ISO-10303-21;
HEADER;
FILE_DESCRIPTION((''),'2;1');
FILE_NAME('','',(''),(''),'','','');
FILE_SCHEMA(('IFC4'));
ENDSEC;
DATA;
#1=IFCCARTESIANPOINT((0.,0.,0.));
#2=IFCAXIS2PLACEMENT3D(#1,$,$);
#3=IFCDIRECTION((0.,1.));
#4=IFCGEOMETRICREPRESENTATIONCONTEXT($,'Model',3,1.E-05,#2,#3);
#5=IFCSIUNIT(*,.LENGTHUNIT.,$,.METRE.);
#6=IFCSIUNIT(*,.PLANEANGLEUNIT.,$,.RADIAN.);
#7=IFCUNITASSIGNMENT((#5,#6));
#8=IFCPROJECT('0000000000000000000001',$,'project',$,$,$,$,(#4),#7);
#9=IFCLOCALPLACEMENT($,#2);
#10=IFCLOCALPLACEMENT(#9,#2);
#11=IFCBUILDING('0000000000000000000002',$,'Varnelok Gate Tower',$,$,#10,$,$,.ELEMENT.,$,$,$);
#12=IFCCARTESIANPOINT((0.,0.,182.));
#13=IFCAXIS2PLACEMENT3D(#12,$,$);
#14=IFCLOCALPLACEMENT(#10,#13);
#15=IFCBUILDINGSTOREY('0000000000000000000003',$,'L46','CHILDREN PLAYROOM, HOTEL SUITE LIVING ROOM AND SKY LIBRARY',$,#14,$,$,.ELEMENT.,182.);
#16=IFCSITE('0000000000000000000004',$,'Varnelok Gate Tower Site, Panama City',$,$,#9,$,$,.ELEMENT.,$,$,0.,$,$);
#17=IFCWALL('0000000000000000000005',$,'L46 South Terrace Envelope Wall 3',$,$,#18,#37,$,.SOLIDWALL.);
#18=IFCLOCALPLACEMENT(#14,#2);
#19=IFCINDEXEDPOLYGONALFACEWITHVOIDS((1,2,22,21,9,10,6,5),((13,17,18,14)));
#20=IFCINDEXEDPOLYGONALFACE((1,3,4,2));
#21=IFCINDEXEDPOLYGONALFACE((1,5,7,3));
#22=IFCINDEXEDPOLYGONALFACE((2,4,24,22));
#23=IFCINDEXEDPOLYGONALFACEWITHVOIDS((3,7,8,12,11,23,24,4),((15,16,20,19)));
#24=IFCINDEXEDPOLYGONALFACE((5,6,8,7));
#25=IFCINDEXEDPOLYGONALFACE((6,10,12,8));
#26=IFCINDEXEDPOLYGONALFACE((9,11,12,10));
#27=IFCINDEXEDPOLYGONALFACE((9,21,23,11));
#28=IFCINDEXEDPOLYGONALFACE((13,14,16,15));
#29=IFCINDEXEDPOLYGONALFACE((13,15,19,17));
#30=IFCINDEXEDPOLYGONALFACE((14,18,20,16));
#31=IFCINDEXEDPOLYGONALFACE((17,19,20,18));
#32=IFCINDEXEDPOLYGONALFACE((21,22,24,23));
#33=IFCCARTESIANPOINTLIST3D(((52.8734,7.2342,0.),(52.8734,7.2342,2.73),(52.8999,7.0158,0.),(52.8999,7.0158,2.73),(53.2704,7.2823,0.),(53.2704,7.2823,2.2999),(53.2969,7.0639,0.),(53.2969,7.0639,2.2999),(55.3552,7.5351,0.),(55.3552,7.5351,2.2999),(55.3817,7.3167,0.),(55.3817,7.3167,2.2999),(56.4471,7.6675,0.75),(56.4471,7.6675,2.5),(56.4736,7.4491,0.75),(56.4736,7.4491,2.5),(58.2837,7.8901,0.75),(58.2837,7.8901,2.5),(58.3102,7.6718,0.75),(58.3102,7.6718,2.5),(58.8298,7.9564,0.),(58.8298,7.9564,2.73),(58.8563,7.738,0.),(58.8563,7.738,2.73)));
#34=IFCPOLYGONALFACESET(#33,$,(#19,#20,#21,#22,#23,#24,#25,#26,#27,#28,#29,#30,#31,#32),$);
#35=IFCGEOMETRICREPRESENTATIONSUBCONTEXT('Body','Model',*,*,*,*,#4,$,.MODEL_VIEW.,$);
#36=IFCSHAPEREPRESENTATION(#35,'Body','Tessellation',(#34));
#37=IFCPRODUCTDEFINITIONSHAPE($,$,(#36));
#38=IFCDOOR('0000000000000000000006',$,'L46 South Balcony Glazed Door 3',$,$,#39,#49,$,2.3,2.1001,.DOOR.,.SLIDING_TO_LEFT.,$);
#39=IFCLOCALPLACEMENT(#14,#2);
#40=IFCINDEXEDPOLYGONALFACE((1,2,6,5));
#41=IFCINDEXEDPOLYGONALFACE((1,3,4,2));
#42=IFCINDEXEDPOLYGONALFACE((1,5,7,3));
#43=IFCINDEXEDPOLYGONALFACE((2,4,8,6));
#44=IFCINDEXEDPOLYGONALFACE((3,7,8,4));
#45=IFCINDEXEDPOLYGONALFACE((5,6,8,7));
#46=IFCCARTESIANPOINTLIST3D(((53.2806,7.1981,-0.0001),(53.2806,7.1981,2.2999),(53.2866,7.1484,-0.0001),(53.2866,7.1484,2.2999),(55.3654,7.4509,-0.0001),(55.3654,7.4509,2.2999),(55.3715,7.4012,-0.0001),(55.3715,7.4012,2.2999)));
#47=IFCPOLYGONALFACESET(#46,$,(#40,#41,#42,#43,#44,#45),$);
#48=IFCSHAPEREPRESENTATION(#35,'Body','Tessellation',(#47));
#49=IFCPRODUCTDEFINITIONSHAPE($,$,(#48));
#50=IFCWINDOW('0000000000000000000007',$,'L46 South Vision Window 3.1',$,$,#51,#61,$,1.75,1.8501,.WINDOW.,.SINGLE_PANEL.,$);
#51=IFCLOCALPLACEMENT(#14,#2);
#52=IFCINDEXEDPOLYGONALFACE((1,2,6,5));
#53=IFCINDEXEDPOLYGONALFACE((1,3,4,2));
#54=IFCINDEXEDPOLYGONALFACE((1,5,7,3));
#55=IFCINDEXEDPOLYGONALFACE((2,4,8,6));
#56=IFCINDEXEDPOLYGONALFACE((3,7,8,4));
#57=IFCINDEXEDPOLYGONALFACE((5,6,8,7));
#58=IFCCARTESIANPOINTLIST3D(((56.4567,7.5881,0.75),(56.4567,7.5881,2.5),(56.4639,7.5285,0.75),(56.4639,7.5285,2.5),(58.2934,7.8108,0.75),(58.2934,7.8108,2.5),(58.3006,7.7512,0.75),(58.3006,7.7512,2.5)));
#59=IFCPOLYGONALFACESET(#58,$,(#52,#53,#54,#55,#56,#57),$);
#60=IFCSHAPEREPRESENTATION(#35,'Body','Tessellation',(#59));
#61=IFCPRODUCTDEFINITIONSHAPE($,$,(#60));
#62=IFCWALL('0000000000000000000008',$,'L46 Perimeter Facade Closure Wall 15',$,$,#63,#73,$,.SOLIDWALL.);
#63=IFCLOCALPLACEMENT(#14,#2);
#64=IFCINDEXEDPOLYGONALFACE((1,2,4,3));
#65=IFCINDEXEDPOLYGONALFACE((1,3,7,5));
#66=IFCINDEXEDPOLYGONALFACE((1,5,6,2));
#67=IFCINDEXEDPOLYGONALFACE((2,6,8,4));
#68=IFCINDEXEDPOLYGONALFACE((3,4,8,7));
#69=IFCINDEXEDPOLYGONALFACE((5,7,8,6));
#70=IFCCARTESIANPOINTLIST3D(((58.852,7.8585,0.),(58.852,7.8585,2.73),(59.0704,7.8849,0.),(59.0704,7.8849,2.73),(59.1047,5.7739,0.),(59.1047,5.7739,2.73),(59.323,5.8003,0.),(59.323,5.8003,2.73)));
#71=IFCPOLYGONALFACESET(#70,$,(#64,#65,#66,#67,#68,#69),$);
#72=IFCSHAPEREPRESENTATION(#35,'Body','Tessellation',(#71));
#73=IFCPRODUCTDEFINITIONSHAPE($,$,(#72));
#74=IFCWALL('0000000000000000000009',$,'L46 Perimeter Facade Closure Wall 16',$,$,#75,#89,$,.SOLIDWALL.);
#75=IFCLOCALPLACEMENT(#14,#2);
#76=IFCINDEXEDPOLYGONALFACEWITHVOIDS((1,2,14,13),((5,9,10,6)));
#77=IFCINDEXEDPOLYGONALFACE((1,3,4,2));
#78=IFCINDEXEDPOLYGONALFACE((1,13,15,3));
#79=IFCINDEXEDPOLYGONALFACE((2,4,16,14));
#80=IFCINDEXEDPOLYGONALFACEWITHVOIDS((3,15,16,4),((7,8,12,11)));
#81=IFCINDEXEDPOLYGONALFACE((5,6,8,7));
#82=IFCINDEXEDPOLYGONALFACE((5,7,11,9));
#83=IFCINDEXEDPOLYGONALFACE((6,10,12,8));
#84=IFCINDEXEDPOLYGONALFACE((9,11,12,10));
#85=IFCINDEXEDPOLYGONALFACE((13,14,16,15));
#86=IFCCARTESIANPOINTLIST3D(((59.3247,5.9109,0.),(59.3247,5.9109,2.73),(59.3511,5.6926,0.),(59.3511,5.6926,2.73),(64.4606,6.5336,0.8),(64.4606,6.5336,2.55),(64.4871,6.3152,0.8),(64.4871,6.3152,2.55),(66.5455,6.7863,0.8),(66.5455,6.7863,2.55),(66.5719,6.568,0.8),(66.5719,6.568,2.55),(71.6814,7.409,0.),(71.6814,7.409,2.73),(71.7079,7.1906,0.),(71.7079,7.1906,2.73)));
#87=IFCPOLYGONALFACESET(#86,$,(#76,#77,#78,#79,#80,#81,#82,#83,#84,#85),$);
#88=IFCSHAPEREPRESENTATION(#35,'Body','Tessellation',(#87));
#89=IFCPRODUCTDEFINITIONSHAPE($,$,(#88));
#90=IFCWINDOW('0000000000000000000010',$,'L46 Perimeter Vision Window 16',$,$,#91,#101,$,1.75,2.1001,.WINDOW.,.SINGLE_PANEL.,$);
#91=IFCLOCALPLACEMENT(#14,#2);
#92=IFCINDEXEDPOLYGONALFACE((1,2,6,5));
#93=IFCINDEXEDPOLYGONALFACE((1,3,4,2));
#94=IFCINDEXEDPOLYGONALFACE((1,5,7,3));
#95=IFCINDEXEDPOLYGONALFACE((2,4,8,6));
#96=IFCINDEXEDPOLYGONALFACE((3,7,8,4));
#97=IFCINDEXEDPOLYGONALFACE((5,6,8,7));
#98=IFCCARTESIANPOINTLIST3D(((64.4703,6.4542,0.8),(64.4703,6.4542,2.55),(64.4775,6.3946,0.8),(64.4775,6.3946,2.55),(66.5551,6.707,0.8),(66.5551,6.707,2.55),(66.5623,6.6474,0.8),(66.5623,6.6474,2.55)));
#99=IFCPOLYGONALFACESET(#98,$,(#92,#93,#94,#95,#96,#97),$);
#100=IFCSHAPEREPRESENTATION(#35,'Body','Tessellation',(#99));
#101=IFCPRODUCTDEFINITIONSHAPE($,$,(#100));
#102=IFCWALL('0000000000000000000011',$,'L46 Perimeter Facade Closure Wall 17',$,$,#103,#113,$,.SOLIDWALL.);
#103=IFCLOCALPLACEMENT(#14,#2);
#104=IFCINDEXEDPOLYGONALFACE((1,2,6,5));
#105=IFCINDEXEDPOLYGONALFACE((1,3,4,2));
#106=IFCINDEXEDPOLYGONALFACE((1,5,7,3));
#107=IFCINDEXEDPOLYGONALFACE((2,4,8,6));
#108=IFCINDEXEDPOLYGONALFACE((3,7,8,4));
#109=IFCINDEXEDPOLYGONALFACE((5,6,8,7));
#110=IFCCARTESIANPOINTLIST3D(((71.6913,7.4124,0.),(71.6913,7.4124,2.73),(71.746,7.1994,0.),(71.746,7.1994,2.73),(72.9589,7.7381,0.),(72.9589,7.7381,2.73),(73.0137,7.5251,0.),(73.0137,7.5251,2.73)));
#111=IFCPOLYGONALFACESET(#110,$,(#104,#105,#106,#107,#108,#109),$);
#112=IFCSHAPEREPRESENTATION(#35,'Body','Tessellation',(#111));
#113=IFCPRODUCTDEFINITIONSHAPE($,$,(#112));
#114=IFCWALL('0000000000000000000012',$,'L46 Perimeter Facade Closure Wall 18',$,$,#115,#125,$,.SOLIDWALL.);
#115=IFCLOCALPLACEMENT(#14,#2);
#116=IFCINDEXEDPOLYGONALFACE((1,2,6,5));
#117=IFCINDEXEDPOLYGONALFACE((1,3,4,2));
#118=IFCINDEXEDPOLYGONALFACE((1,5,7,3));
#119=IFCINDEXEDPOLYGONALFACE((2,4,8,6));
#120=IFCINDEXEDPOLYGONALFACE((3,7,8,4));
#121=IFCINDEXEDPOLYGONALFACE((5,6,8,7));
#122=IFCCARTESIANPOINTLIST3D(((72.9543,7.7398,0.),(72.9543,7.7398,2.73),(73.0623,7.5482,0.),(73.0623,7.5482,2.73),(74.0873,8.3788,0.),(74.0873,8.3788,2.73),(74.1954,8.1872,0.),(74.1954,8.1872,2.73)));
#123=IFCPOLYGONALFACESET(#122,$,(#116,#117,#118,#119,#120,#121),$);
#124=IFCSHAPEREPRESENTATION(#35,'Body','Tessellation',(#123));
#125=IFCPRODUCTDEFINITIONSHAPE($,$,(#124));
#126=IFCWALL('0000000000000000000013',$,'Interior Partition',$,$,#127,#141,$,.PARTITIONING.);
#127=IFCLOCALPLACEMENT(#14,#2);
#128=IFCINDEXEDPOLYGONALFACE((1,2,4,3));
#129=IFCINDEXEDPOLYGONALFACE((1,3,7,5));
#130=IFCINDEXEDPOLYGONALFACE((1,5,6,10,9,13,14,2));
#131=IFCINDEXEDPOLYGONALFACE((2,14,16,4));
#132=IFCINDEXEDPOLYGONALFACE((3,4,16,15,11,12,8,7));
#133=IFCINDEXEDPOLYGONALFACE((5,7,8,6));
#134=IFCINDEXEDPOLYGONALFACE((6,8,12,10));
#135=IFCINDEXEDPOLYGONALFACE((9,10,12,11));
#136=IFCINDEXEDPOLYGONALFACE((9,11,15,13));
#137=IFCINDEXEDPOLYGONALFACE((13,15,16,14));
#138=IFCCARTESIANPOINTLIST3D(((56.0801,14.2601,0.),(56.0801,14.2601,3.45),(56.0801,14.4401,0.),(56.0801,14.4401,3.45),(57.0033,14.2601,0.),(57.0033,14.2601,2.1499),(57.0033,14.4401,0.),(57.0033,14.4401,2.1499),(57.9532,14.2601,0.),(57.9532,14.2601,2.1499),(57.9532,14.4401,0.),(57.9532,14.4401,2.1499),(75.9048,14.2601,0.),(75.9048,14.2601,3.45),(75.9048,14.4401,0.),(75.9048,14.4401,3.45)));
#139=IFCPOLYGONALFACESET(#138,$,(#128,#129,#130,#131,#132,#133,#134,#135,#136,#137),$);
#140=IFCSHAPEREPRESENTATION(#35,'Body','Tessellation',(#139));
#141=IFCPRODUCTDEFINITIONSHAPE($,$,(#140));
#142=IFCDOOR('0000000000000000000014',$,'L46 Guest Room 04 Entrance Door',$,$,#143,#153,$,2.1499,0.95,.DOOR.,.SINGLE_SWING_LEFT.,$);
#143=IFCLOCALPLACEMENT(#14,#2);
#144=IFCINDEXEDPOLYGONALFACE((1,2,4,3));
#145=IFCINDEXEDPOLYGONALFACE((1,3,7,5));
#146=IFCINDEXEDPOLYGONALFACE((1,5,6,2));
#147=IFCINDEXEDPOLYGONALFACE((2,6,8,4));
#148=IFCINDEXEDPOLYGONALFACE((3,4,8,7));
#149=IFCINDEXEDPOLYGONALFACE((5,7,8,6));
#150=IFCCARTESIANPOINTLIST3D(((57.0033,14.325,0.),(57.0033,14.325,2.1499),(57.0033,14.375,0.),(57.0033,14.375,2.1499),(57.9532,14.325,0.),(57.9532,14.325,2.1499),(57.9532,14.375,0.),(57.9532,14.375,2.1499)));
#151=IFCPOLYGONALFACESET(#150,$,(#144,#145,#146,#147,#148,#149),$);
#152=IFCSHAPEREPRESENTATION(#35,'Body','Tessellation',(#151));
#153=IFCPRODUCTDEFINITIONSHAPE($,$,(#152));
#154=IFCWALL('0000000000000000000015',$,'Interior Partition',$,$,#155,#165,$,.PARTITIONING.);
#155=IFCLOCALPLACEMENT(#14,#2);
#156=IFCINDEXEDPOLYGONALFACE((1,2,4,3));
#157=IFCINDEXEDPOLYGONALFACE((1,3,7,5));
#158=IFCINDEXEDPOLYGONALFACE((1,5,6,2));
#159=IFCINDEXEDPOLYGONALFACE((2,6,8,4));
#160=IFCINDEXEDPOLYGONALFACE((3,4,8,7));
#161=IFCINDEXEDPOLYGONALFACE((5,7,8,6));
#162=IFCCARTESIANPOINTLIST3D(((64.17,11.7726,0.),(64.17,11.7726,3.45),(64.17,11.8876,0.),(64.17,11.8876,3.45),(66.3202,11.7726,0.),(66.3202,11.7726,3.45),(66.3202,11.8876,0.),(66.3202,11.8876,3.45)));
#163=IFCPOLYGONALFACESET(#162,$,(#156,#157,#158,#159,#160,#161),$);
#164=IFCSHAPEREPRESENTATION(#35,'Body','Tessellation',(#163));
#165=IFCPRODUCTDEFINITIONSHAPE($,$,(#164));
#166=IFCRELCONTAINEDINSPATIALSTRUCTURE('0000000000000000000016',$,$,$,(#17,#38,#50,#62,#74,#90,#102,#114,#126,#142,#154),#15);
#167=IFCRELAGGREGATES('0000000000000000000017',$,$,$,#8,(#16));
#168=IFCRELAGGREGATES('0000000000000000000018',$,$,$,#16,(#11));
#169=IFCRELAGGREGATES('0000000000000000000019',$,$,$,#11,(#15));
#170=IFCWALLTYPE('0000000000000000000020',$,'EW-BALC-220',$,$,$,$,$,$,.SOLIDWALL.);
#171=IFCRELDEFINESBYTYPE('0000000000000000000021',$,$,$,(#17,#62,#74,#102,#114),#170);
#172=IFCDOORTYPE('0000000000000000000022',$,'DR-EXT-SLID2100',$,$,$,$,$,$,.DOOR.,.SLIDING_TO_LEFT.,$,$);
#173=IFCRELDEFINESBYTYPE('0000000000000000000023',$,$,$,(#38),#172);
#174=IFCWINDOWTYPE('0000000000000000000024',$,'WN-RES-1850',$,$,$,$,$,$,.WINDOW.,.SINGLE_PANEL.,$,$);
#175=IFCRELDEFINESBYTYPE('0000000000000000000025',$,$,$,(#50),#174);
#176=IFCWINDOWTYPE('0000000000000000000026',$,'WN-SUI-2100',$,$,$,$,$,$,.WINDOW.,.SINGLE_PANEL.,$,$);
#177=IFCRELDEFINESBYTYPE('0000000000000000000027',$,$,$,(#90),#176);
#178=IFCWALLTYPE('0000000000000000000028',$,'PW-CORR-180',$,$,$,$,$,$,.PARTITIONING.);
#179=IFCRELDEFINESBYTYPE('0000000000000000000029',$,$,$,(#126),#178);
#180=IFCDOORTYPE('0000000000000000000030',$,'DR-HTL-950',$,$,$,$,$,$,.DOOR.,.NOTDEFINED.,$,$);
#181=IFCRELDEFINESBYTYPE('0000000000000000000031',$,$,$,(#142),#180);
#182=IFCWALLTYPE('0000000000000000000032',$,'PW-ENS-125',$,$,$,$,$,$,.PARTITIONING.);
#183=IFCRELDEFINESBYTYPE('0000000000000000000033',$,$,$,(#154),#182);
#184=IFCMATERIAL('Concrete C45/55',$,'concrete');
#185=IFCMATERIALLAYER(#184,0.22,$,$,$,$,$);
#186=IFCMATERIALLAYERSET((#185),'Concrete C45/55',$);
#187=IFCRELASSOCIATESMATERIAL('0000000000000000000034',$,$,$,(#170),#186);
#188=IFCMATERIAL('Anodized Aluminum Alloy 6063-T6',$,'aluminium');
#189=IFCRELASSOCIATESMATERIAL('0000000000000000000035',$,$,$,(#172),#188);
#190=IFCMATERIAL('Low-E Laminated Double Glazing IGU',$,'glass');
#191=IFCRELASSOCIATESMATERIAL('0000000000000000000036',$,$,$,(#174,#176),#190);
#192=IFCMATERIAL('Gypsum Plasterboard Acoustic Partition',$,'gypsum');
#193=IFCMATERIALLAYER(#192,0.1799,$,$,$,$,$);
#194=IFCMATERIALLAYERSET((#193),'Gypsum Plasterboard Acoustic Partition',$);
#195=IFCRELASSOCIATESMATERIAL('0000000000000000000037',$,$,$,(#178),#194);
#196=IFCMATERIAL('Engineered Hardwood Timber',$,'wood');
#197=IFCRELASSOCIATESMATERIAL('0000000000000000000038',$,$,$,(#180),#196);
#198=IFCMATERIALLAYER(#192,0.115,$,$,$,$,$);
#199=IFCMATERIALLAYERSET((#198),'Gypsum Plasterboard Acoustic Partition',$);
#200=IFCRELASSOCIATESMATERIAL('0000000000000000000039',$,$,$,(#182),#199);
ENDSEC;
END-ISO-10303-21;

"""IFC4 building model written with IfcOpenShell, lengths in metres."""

from ifc_helpers import new_model, si_unit, direction, frame, frame_2d, origin, place, context, subcontext, project, spatial, rectangle, extrude, material, layer, layer_set, type_object, element, fill, save


model = new_model("IFC4")

# Units and contexts
model_context = context("Model", 3, precision=1e-05, world=origin(), true_north=direction((0.0, 1.0)))
body_context = subcontext(model_context, "Body", "Model", "MODEL_VIEW")
ifc_project = project(units=[si_unit("LENGTHUNIT", "METRE"), si_unit("PLANEANGLEUNIT", "RADIAN")], contexts=[model_context])

# Site, building, storey
site_placement = place(None, origin())
site = spatial("IfcSite", under=ifc_project, at=site_placement, Name="Varnelok Gate Tower Site, Panama City", CompositionType="ELEMENT", RefElevation=0.0)
building_placement = place(site_placement, origin())
building = spatial("IfcBuilding", under=site, at=building_placement, Name="Varnelok Gate Tower", CompositionType="ELEMENT")
storey_placement = place(building_placement, frame((0.0, 0.0, 182.0)))
storey = spatial("IfcBuildingStorey", under=building, at=storey_placement, Name="L46", Description="CHILDREN PLAYROOM, HOTEL SUITE LIVING ROOM AND SKY LIBRARY", CompositionType="ELEMENT", Elevation=182.0)

# Shared definitions
ifc_material_1 = material(Name="Anodized Aluminum Alloy 6063-T6", Category="aluminium")

# Wall, openings, door, window
ifc_material_2 = material(Name="Concrete C45/55", Category="concrete")
ifc_layer_1 = layer(ifc_material_2, 0.22)
ifc_layer_set_1 = layer_set([ifc_layer_1], Name="Concrete C45/55")
wall_type_1 = type_object("IfcWallType", Name="EW-BALC-220", PredefinedType="SOLIDWALL", material=ifc_layer_set_1)
wall_1_placement = place(storey_placement, frame((58.843, 7.8472, 0.0), z_axis=(0.0, 0.0, 1.0), x_axis=(-0.99273, -0.120363, 0.0)))
wall_1 = element("IfcWall", 1, at=wall_1_placement, inside=storey, type_object=wall_type_1, Name="L46 South Terrace Envelope Wall 3", PredefinedType="SOLIDWALL", context=body_context, shape_type="SweptSolid", body=[
    extrude(rectangle(XDim=6.0, YDim=0.22, at=frame_2d((3.0, 0.0))), origin(), (0.0, 0.0, 1.0), 2.73),
])
opening_1_placement = place(wall_1_placement, frame((3.5, 0.0, 0.0)))
opening_1 = element("IfcOpeningElement", 2, at=opening_1_placement, cuts=wall_1, PredefinedType="OPENING", context=body_context, shape_type="SweptSolid", body=[
    extrude(rectangle(XDim=2.1001, YDim=2.3, at=frame_2d((1.05, 1.1499))), frame((0.0, 0.1199, 0.0), z_axis=(0.0, -1.0, 0.0), x_axis=(1.0, 0.0, 0.0)), (0.0, 0.0, 1.0), 0.24),
])
opening_2_placement = place(wall_1_placement, frame((0.55, 0.0, 0.75)))
opening_2 = element("IfcOpeningElement", 3, at=opening_2_placement, cuts=wall_1, PredefinedType="OPENING", context=body_context, shape_type="SweptSolid", body=[
    extrude(rectangle(XDim=1.8501, YDim=1.75, at=frame_2d((0.925, 0.875))), frame((0.0, 0.1199, 0.0), z_axis=(0.0, -1.0, 0.0), x_axis=(1.0, 0.0, 0.0)), (0.0, 0.0, 1.0), 0.24),
])
door_type_1 = type_object("IfcDoorType", Name="DR-EXT-SLID2100", OperationType="SLIDING_TO_LEFT", PredefinedType="DOOR", material=ifc_material_1)
door_1_placement = place(opening_1_placement, origin())
door_1 = element("IfcDoor", 4, at=door_1_placement, inside=storey, type_object=door_type_1, Name="L46 South Balcony Glazed Door 3", OperationType="SLIDING_TO_LEFT", OverallHeight=2.3, OverallWidth=2.1001, PredefinedType="DOOR", context=body_context, shape_type="SweptSolid", body=[
    extrude(rectangle(XDim=2.1001, YDim=2.3, at=frame_2d((1.05, 1.1499))), frame((0.0, 0.0249, 0.0), z_axis=(0.0, -1.0, 0.0), x_axis=(1.0, 0.0, 0.0)), (0.0, 0.0, 1.0), 0.05),
])
fill(opening_1, door_1)
ifc_material_3 = material(Name="Low-E Laminated Double Glazing IGU", Category="glass")
window_type_1 = type_object("IfcWindowType", Name="WN-RES-1850", PartitioningType="SINGLE_PANEL", PredefinedType="WINDOW", material=ifc_material_3)
window_1_placement = place(opening_2_placement, origin())
window_1 = element("IfcWindow", 5, at=window_1_placement, inside=storey, type_object=window_type_1, Name="L46 South Vision Window 3.1", OverallHeight=1.75, OverallWidth=1.8501, PartitioningType="SINGLE_PANEL", PredefinedType="WINDOW", context=body_context, shape_type="SweptSolid", body=[
    extrude(rectangle(XDim=1.8501, YDim=1.75, at=frame_2d((0.925, 0.875))), frame((0.0, 0.03, 0.0), z_axis=(0.0, -1.0, 0.0), x_axis=(1.0, 0.0, 0.0)), (0.0, 0.0, 1.0), 0.0601),
])
fill(opening_2, window_1)

# Wall
wall_2_placement = place(storey_placement, frame((58.9612, 7.8716, 0.0), z_axis=(0.0, 0.0, 1.0), x_axis=(0.120328, -0.992734, 0.0)))
element("IfcWall", 6, at=wall_2_placement, inside=storey, type_object=wall_type_1, Name="L46 Perimeter Facade Closure Wall 15", PredefinedType="SOLIDWALL", context=body_context, shape_type="SweptSolid", body=[
    extrude(rectangle(XDim=2.0999, YDim=0.22, at=frame_2d((1.0498, 0.0))), origin(), (0.0, 0.0, 1.0), 2.73),
])

# Wall, opening, window
wall_3_placement = place(storey_placement, frame((59.3379, 5.8018, 0.0), z_axis=(0.0, 0.0, 1.0), x_axis=(0.992731, 0.120352, 0.0)))
wall_3 = element("IfcWall", 7, at=wall_3_placement, inside=storey, type_object=wall_type_1, Name="L46 Perimeter Facade Closure Wall 16", PredefinedType="SOLIDWALL", context=body_context, shape_type="SweptSolid", body=[
    extrude(rectangle(XDim=12.4473, YDim=0.22, at=frame_2d((6.2236, 0.0))), origin(), (0.0, 0.0, 1.0), 2.73),
])
opening_3_placement = place(wall_3_placement, frame((5.1736, 0.0, 0.8)))
opening_3 = element("IfcOpeningElement", 8, at=opening_3_placement, cuts=wall_3, PredefinedType="OPENING", context=body_context, shape_type="SweptSolid", body=[
    extrude(rectangle(XDim=2.1001, YDim=1.75, at=frame_2d((1.05, 0.875))), frame((0.0, 0.1199, 0.0), z_axis=(0.0, -1.0, 0.0), x_axis=(1.0, 0.0, 0.0)), (0.0, 0.0, 1.0), 0.24),
])
window_type_2 = type_object("IfcWindowType", Name="WN-SUI-2100", PartitioningType="SINGLE_PANEL", PredefinedType="WINDOW", material=ifc_material_3)
window_2_placement = place(opening_3_placement, origin())
window_2 = element("IfcWindow", 9, at=window_2_placement, inside=storey, type_object=window_type_2, Name="L46 Perimeter Vision Window 16", OverallHeight=1.75, OverallWidth=2.1001, PartitioningType="SINGLE_PANEL", PredefinedType="WINDOW", context=body_context, shape_type="SweptSolid", body=[
    extrude(rectangle(XDim=2.1001, YDim=1.75, at=frame_2d((1.05, 0.875))), frame((0.0, 0.03, 0.0), z_axis=(0.0, -1.0, 0.0), x_axis=(1.0, 0.0, 0.0)), (0.0, 0.0, 1.0), 0.0601),
])
fill(opening_3, window_2)

# Walls
wall_4_placement = place(storey_placement, frame((71.7188, 7.3059, 0.0), z_axis=(0.0, 0.0, 1.0), x_axis=(0.968542, 0.248851, 0.0)))
element("IfcWall", 10, at=wall_4_placement, inside=storey, type_object=wall_type_1, Name="L46 Perimeter Facade Closure Wall 17", PredefinedType="SOLIDWALL", context=body_context, shape_type="SweptSolid", body=[
    extrude(rectangle(XDim=1.3088, YDim=0.22, at=frame_2d((0.6543, 0.0))), origin(), (0.0, 0.0, 1.0), 2.73),
])
wall_5_placement = place(storey_placement, frame((73.0083, 7.644, 0.0), z_axis=(0.0, 0.0, 1.0), x_axis=(0.871059, 0.491179, 0.0)))
element("IfcWall", 11, at=wall_5_placement, inside=storey, type_object=wall_type_1, Name="L46 Perimeter Facade Closure Wall 18", PredefinedType="SOLIDWALL", context=body_context, shape_type="SweptSolid", body=[
    extrude(rectangle(XDim=1.3008, YDim=0.22, at=frame_2d((0.6504, 0.0))), origin(), (0.0, 0.0, 1.0), 2.73),
])

# Wall, opening, door
ifc_material_4 = material(Name="Gypsum Plasterboard Acoustic Partition", Category="gypsum")
ifc_layer_2 = layer(ifc_material_4, 0.1799)
ifc_layer_set_2 = layer_set([ifc_layer_2], Name="Gypsum Plasterboard Acoustic Partition")
wall_type_2 = type_object("IfcWallType", Name="PW-CORR-180", PredefinedType="PARTITIONING", material=ifc_layer_set_2)
wall_6_placement = place(storey_placement, frame((56.0801, 14.3501, 0.0), z_axis=(0.0, 0.0, 1.0), x_axis=(1.0, 0.0, 0.0)))
wall_6 = element("IfcWall", 12, at=wall_6_placement, inside=storey, type_object=wall_type_2, Name="Interior Partition", PredefinedType="PARTITIONING", context=body_context, shape_type="SweptSolid", body=[
    extrude(rectangle(XDim=19.8247, YDim=0.1799, at=frame_2d((9.9124, 0.0))), origin(), (0.0, 0.0, 1.0), 3.45),
])
opening_4_placement = place(wall_6_placement, frame((0.9231, 0.0, 0.0)))
opening_4 = element("IfcOpeningElement", 13, at=opening_4_placement, cuts=wall_6, PredefinedType="OPENING", context=body_context, shape_type="SweptSolid", body=[
    extrude(rectangle(XDim=0.95, YDim=2.1499, at=frame_2d((0.4751, 1.075))), frame((0.0, 0.0999, 0.0), z_axis=(0.0, -1.0, 0.0), x_axis=(1.0, 0.0, 0.0)), (0.0, 0.0, 1.0), 0.2),
])
ifc_material_5 = material(Name="Engineered Hardwood Timber", Category="wood")
door_type_2 = type_object("IfcDoorType", Name="DR-HTL-950", OperationType="NOTDEFINED", PredefinedType="DOOR", material=ifc_material_5)
door_2_placement = place(opening_4_placement, origin())
door_2 = element("IfcDoor", 14, at=door_2_placement, inside=storey, type_object=door_type_2, Name="L46 Guest Room 04 Entrance Door", OperationType="SINGLE_SWING_LEFT", OverallHeight=2.1499, OverallWidth=0.95, PredefinedType="DOOR", context=body_context, shape_type="SweptSolid", body=[
    extrude(rectangle(XDim=0.95, YDim=2.1499, at=frame_2d((0.4751, 1.075))), frame((0.0, 0.0249, 0.0), z_axis=(0.0, -1.0, 0.0), x_axis=(1.0, 0.0, 0.0)), (0.0, 0.0, 1.0), 0.05),
])
fill(opening_4, door_2)

# Wall
ifc_layer_3 = layer(ifc_material_4, 0.115)
ifc_layer_set_3 = layer_set([ifc_layer_3], Name="Gypsum Plasterboard Acoustic Partition")
wall_type_3 = type_object("IfcWallType", Name="PW-ENS-125", PredefinedType="PARTITIONING", material=ifc_layer_set_3)
wall_7_placement = place(storey_placement, frame((64.1699, 11.8301, 0.0), z_axis=(0.0, 0.0, 1.0), x_axis=(1.0, 0.0, 0.0)))
element("IfcWall", 15, at=wall_7_placement, inside=storey, type_object=wall_type_3, Name="Interior Partition", PredefinedType="PARTITIONING", context=body_context, shape_type="SweptSolid", body=[
    extrude(rectangle(XDim=2.1501, YDim=0.115, at=frame_2d((1.0752, 0.0))), origin(), (0.0, 0.0, 1.0), 3.45),
])

save(model, "model.ifc")
